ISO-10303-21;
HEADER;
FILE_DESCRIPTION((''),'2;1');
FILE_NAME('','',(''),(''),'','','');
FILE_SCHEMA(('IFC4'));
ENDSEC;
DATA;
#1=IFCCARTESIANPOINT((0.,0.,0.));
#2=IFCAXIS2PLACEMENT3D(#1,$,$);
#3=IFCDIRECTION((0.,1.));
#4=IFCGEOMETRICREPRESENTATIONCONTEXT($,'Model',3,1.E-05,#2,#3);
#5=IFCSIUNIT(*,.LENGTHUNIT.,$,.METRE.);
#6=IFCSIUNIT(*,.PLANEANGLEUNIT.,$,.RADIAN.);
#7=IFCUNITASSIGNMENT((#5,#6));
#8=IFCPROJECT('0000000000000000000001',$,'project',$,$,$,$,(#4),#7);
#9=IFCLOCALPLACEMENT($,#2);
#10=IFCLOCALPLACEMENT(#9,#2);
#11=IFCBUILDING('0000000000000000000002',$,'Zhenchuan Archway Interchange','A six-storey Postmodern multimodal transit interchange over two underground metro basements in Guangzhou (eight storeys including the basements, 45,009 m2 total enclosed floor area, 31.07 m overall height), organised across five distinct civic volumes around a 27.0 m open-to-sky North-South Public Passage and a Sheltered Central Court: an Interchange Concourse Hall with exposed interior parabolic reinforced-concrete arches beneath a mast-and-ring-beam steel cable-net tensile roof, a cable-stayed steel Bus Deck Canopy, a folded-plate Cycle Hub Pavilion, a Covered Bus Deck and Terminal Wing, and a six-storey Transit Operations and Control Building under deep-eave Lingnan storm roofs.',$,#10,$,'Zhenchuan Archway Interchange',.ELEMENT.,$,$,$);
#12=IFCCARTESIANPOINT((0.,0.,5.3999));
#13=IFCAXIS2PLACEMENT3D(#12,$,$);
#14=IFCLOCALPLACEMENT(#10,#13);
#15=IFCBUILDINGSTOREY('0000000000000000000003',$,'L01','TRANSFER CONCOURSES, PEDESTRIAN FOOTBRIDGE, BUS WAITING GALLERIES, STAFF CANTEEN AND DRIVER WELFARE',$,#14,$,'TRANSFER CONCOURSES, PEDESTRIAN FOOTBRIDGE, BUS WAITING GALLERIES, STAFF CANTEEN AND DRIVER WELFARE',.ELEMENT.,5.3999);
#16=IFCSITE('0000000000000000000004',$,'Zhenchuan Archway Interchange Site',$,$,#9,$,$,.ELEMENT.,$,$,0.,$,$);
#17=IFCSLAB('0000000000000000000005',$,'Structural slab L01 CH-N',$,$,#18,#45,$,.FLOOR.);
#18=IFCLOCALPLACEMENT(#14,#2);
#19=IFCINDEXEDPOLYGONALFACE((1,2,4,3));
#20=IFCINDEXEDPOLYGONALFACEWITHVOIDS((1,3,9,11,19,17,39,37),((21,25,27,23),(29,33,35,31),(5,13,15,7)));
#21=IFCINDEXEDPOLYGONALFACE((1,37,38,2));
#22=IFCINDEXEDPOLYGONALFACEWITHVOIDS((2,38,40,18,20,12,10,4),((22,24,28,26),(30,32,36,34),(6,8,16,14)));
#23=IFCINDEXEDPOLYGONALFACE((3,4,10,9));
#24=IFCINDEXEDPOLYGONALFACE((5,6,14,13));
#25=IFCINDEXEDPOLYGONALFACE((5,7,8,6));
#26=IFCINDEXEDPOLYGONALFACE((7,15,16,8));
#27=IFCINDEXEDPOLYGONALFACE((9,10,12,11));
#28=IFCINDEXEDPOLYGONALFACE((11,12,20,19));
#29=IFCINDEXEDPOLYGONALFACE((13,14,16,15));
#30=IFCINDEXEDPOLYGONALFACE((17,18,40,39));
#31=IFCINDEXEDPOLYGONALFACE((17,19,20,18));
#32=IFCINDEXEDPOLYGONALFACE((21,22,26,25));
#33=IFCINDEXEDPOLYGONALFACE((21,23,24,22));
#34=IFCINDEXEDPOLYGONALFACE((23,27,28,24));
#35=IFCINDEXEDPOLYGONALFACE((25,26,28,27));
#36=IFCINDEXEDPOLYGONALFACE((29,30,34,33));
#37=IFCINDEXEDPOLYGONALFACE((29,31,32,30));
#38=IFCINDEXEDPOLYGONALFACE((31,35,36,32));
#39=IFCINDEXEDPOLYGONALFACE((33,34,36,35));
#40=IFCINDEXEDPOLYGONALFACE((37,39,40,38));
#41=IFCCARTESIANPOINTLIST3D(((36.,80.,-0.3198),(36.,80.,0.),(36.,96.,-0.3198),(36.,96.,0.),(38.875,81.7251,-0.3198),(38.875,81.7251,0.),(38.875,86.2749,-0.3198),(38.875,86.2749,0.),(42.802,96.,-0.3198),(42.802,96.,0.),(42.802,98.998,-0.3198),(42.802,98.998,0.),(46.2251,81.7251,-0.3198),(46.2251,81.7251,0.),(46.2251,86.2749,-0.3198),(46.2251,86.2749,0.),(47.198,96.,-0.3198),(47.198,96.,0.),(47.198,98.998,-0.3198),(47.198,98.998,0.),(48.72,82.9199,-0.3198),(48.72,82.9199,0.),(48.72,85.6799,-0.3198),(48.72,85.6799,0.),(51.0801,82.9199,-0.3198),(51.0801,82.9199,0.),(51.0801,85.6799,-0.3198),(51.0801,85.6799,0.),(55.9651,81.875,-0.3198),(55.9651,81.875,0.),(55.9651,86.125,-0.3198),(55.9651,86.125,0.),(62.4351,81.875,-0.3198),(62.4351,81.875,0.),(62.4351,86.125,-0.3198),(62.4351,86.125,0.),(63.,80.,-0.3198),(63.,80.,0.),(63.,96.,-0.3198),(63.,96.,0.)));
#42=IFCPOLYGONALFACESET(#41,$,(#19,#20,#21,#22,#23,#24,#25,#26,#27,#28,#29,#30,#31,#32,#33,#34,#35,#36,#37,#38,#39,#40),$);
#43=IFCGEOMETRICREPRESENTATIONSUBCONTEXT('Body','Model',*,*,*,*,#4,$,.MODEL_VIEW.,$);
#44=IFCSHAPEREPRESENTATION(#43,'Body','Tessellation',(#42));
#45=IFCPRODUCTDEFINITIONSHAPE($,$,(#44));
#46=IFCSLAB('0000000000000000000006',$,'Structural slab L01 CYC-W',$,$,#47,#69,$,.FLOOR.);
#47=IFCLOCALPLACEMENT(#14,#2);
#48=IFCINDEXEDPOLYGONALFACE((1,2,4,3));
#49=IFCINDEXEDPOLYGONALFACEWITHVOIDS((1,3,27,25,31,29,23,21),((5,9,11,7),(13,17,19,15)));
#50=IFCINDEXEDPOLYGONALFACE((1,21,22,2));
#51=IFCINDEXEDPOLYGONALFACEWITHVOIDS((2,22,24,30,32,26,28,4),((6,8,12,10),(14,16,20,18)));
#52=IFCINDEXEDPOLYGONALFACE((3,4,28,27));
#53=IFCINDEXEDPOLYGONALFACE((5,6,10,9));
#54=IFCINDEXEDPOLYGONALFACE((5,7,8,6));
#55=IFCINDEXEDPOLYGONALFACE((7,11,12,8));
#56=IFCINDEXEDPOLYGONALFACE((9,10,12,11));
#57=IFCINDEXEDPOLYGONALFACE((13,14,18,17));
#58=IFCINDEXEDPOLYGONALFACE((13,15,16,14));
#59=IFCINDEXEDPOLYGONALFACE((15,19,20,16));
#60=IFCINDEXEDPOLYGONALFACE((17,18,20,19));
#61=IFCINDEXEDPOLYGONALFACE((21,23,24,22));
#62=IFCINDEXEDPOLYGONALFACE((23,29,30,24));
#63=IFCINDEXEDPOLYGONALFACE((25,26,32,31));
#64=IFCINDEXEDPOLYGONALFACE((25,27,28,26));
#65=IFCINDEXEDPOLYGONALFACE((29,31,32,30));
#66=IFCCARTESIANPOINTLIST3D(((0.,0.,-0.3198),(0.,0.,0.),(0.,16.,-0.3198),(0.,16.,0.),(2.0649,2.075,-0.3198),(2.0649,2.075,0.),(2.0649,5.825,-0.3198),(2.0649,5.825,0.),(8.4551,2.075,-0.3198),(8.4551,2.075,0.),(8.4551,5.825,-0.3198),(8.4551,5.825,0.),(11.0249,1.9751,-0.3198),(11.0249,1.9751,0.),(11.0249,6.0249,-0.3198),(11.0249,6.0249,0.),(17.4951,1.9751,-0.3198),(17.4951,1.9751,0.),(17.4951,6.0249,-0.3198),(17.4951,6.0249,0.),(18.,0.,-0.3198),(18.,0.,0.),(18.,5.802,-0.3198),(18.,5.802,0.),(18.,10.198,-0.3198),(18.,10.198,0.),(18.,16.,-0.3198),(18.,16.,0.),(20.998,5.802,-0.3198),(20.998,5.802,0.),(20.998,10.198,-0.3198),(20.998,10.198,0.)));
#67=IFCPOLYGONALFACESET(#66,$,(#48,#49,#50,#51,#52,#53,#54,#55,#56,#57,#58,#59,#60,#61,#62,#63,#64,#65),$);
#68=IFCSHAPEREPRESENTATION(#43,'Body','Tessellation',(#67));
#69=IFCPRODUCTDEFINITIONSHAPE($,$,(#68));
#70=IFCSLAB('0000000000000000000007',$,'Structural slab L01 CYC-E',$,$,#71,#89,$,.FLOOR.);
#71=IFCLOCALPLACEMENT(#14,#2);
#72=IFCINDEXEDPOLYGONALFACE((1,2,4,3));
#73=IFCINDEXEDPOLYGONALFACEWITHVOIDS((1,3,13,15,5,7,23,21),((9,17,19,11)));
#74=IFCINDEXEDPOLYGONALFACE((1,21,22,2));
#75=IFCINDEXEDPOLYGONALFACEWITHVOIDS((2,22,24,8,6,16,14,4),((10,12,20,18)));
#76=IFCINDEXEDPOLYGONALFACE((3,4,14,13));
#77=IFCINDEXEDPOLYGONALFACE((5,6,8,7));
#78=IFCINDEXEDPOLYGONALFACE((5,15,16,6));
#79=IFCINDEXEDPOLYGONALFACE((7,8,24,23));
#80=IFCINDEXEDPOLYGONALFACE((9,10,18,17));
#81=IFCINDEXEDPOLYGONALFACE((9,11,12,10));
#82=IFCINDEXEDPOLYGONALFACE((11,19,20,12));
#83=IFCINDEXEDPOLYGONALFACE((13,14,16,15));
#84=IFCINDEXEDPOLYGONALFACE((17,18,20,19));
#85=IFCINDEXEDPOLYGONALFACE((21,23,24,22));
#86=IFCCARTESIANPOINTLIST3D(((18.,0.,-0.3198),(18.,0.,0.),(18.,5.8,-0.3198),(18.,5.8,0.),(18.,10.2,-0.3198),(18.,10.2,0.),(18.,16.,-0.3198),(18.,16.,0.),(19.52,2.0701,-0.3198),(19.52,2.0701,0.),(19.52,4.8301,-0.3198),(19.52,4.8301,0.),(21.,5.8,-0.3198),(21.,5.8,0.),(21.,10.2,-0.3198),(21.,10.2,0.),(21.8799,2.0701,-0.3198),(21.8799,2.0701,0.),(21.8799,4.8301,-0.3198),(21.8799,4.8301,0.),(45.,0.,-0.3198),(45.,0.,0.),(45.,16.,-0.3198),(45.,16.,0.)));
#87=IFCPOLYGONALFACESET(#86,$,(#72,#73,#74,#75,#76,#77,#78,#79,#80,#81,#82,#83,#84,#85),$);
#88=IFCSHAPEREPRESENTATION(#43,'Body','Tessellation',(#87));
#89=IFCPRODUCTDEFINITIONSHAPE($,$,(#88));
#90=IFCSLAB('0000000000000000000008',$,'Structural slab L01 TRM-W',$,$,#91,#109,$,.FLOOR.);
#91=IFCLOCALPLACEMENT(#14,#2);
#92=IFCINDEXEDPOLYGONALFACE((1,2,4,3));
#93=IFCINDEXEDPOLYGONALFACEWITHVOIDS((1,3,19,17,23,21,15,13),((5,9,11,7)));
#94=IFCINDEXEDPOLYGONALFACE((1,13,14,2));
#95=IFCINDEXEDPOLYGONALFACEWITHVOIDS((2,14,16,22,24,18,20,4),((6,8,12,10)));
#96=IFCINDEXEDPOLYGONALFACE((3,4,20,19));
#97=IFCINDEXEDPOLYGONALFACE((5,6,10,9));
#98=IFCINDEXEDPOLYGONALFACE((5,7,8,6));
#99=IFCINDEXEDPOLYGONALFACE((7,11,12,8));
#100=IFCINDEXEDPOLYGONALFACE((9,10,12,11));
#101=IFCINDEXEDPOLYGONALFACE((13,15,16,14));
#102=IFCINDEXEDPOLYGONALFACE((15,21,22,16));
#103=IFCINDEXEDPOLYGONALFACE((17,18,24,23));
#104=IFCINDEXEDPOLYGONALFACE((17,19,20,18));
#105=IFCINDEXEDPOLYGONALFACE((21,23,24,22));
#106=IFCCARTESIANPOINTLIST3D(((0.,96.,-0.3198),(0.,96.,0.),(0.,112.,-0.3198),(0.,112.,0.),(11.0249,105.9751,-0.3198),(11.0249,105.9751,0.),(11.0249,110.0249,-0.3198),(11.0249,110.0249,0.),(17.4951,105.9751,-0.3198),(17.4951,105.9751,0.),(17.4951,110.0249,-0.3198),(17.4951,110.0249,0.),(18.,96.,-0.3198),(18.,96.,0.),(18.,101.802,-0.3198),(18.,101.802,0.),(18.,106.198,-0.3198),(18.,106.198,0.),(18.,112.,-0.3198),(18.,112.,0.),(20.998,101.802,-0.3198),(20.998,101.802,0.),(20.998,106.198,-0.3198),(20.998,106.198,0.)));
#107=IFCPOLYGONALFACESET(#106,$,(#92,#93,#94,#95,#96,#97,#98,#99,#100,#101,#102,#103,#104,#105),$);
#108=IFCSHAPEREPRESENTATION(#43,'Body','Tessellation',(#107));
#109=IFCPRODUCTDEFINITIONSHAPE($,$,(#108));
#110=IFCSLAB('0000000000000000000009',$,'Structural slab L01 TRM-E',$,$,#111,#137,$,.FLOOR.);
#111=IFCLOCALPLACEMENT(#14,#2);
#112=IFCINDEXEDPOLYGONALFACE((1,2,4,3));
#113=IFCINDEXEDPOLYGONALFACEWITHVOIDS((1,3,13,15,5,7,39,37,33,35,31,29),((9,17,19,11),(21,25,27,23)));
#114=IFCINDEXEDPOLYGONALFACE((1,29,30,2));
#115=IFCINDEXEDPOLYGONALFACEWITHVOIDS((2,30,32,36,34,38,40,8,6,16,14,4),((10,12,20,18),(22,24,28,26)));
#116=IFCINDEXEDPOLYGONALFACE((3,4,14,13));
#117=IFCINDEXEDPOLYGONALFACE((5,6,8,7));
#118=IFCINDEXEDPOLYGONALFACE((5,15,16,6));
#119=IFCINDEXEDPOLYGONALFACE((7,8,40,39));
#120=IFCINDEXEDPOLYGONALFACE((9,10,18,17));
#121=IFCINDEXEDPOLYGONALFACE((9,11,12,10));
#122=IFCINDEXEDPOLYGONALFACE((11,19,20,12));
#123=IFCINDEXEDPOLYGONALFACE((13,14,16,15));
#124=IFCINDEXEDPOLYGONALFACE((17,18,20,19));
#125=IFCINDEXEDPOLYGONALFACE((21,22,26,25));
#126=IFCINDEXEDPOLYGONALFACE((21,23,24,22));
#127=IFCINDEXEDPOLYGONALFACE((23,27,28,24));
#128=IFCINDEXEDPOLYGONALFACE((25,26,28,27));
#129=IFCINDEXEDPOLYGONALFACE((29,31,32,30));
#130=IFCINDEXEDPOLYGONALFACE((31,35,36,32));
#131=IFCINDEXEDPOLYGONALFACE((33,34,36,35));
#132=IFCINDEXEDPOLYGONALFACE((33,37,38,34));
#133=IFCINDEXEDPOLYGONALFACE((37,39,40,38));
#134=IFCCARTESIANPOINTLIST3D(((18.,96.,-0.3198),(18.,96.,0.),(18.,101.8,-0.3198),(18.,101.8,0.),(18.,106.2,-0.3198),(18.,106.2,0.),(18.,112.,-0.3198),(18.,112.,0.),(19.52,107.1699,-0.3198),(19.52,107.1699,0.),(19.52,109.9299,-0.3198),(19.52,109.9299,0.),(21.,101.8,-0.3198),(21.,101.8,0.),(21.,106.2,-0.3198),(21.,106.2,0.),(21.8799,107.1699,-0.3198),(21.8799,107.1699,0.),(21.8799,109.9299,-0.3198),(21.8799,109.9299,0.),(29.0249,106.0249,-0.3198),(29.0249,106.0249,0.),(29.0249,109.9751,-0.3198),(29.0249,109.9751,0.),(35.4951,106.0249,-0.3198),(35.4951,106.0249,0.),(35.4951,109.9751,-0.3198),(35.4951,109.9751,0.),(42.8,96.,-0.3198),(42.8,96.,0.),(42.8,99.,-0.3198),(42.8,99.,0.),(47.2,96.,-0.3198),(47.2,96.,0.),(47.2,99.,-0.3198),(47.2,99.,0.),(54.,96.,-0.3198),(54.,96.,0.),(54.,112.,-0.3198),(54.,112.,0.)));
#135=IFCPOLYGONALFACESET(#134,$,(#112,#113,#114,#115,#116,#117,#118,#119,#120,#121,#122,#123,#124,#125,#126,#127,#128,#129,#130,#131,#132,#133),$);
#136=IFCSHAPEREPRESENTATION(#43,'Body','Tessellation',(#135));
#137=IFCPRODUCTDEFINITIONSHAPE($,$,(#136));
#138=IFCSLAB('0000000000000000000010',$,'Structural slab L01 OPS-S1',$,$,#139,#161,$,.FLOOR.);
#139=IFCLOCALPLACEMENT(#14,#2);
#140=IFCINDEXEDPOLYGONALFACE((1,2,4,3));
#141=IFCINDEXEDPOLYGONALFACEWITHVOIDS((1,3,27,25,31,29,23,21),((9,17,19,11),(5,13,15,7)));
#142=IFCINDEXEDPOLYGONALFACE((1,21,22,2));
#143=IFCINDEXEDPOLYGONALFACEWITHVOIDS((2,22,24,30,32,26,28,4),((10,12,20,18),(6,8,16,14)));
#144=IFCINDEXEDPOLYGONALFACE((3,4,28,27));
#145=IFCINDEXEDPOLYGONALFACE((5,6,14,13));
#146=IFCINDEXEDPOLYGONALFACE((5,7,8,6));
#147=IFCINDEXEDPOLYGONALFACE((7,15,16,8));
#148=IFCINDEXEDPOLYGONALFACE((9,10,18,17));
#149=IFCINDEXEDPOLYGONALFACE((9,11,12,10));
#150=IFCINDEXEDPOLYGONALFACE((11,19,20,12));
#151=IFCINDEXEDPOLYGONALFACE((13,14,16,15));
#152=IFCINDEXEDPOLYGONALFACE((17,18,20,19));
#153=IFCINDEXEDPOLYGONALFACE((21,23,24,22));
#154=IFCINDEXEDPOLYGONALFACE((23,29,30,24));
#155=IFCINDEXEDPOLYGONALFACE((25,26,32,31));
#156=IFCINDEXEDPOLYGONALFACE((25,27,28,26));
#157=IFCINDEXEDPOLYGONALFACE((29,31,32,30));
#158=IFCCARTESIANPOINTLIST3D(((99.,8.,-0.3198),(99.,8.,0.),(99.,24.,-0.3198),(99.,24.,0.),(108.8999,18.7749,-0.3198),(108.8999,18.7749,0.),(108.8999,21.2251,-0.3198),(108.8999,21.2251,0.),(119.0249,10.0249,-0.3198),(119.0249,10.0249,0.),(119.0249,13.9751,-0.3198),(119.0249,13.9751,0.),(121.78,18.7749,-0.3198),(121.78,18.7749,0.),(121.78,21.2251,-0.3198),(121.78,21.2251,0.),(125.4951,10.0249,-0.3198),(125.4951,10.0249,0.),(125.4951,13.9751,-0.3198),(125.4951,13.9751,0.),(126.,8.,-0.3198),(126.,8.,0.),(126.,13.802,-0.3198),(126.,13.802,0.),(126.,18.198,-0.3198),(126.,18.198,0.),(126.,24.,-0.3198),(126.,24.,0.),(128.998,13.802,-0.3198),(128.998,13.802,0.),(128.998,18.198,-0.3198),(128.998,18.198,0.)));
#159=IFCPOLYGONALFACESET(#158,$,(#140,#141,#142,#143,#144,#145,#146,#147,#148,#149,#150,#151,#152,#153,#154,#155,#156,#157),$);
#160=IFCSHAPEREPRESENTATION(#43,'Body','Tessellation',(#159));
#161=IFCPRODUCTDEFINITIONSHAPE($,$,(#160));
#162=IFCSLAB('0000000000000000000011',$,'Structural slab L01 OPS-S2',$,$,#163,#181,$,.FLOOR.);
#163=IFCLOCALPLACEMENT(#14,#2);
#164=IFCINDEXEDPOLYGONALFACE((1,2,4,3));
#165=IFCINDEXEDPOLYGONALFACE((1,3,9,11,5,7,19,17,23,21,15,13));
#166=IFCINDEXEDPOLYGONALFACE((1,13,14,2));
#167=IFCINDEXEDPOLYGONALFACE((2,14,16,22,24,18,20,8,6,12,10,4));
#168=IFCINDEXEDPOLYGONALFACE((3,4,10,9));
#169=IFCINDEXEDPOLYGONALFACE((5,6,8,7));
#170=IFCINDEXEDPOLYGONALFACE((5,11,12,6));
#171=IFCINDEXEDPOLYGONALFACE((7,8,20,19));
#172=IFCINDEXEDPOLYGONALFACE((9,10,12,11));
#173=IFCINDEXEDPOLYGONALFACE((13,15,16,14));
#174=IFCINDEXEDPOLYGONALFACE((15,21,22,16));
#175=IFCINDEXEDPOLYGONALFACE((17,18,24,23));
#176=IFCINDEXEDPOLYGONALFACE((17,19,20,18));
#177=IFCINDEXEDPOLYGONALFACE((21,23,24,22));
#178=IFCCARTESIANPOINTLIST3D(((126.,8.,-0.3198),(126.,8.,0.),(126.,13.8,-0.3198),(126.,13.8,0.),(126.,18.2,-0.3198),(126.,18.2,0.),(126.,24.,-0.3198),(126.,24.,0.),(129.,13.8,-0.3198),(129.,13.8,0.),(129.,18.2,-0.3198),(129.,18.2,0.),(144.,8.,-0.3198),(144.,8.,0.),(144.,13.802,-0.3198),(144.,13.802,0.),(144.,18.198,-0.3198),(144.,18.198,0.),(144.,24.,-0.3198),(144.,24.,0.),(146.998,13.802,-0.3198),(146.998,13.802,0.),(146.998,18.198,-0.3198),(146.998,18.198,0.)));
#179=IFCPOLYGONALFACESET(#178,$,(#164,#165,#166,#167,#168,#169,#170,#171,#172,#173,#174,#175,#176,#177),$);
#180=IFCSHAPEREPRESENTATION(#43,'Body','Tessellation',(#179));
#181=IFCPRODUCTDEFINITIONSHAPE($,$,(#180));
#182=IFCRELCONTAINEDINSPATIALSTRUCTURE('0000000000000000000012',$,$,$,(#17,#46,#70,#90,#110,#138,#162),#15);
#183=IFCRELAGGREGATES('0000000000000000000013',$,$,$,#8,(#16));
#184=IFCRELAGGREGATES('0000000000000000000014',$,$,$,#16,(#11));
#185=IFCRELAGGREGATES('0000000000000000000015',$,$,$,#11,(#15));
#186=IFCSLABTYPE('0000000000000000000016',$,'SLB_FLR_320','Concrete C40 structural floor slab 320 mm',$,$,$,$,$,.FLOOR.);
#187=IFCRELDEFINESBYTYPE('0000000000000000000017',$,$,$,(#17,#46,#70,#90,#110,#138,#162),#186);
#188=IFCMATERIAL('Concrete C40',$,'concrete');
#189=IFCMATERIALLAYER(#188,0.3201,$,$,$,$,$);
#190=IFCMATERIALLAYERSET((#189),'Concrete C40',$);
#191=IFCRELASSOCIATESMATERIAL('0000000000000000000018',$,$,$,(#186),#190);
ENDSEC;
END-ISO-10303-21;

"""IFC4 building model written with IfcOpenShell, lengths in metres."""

from ifc_helpers import new_model, si_unit, direction, frame, origin, place, context, subcontext, project, spatial, polyline, outline, extrude, material, layer, layer_set, type_object, element, save


model = new_model("IFC4")

# Units and contexts
model_context = context("Model", 3, precision=1e-05, world=origin(), true_north=direction((0.0, 1.0)))
body_context = subcontext(model_context, "Body", "Model", "MODEL_VIEW")
ifc_project = project(units=[si_unit("LENGTHUNIT", "METRE"), si_unit("PLANEANGLEUNIT", "RADIAN")], contexts=[model_context])

# Site, building, storey
site_placement = place(None, origin())
site = spatial("IfcSite", under=ifc_project, at=site_placement, Name="Zhenchuan Archway Interchange Site", CompositionType="ELEMENT", RefElevation=0.0)
building_placement = place(site_placement, origin())
building = spatial("IfcBuilding", under=site, at=building_placement, Name="Zhenchuan Archway Interchange", Description="A six-storey Postmodern multimodal transit interchange over two underground metro basements in Guangzhou (eight storeys including the basements, 45,009 m2 total enclosed floor area, 31.07 m overall height), organised across five distinct civic volumes around a 27.0 m open-to-sky North-South Public Passage and a Sheltered Central Court: an Interchange Concourse Hall with exposed interior parabolic reinforced-concrete arches beneath a mast-and-ring-beam steel cable-net tensile roof, a cable-stayed steel Bus Deck Canopy, a folded-plate Cycle Hub Pavilion, a Covered Bus Deck and Terminal Wing, and a six-storey Transit Operations and Control Building under deep-eave Lingnan storm roofs.", LongName="Zhenchuan Archway Interchange", CompositionType="ELEMENT")
storey_placement = place(building_placement, frame((0.0, 0.0, 5.3999)))
storey = spatial("IfcBuildingStorey", under=building, at=storey_placement, Name="L01", Description="TRANSFER CONCOURSES, PEDESTRIAN FOOTBRIDGE, BUS WAITING GALLERIES, STAFF CANTEEN AND DRIVER WELFARE", LongName="TRANSFER CONCOURSES, PEDESTRIAN FOOTBRIDGE, BUS WAITING GALLERIES, STAFF CANTEEN AND DRIVER WELFARE", CompositionType="ELEMENT", Elevation=5.3999)

# Shared definitions
ifc_material_1 = material(Name="Concrete C40", Category="concrete")

# Slabs
ifc_layer_1 = layer(ifc_material_1, 0.3201)
ifc_layer_set_1 = layer_set([ifc_layer_1], Name="Concrete C40")
slab_type_1 = type_object("IfcSlabType", Name="SLB_FLR_320", Description="Concrete C40 structural floor slab 320 mm", PredefinedType="FLOOR", material=ifc_layer_set_1)
slab_1_placement = place(storey_placement, frame((0.0, 0.0, -0.3198)))
element("IfcSlab", 1, at=slab_1_placement, inside=storey, type_object=slab_type_1, Name="Structural slab L01 CH-N", PredefinedType="FLOOR", context=body_context, shape_type="SweptSolid", body=[
    extrude(outline(polyline([(42.802, 96.0), (42.802, 98.998), (47.198, 98.998), (47.198, 96.0), (63.0, 96.0), (63.0, 80.0), (36.0, 80.0), (36.0, 96.0), (42.802, 96.0)]), holes=[polyline([(38.875, 81.7251), (46.2251, 81.7251), (46.2251, 86.2749), (38.875, 86.2749), (38.875, 81.7251)]), polyline([(55.9651, 86.125), (55.9651, 81.875), (62.4351, 81.875), (62.4351, 86.125), (55.9651, 86.125)]), polyline([(51.0801, 85.6799), (48.72, 85.6799), (48.72, 82.9199), (51.0801, 82.9199), (51.0801, 85.6799)])]), origin(), (0.0, 0.0, 1.0), 0.3198),
])
slab_2_placement = place(storey_placement, frame((0.0, 0.0, -0.3198)))
element("IfcSlab", 2, at=slab_2_placement, inside=storey, type_object=slab_type_1, Name="Structural slab L01 CYC-W", PredefinedType="FLOOR", context=body_context, shape_type="SweptSolid", body=[
    extrude(outline(polyline([(0.0, 16.0), (18.0, 16.0), (18.0, 10.198), (20.998, 10.198), (20.998, 5.802), (18.0, 5.802), (18.0, 0.0), (0.0, 0.0), (0.0, 16.0)]), holes=[polyline([(17.4951, 6.0249), (11.0249, 6.0249), (11.0249, 1.9751), (17.4951, 1.9751), (17.4951, 6.0249)]), polyline([(8.4551, 2.075), (8.4551, 5.825), (2.0649, 5.825), (2.0649, 2.075), (8.4551, 2.075)])]), origin(), (0.0, 0.0, 1.0), 0.3198),
])
slab_3_placement = place(storey_placement, frame((0.0, 0.0, -0.3198)))
element("IfcSlab", 3, at=slab_3_placement, inside=storey, type_object=slab_type_1, Name="Structural slab L01 CYC-E", PredefinedType="FLOOR", context=body_context, shape_type="SweptSolid", body=[
    extrude(outline(polyline([(45.0, 16.0), (45.0, 0.0), (18.0, 0.0), (18.0, 5.8), (21.0, 5.8), (21.0, 10.2), (18.0, 10.2), (18.0, 16.0), (45.0, 16.0)]), holes=[polyline([(21.8799, 2.0701), (21.8799, 4.8301), (19.52, 4.8301), (19.52, 2.0701), (21.8799, 2.0701)])]), origin(), (0.0, 0.0, 1.0), 0.3198),
])
slab_4_placement = place(storey_placement, frame((0.0, 0.0, -0.3198)))
element("IfcSlab", 4, at=slab_4_placement, inside=storey, type_object=slab_type_1, Name="Structural slab L01 TRM-W", PredefinedType="FLOOR", context=body_context, shape_type="SweptSolid", body=[
    extrude(outline(polyline([(0.0, 96.0), (0.0, 112.0), (18.0, 112.0), (18.0, 106.198), (20.998, 106.198), (20.998, 101.802), (18.0, 101.802), (18.0, 96.0), (0.0, 96.0)]), holes=[polyline([(17.4951, 105.9751), (17.4951, 110.0249), (11.0249, 110.0249), (11.0249, 105.9751), (17.4951, 105.9751)])]), origin(), (0.0, 0.0, 1.0), 0.3198),
])
slab_5_placement = place(storey_placement, frame((0.0, 0.0, -0.3198)))
element("IfcSlab", 5, at=slab_5_placement, inside=storey, type_object=slab_type_1, Name="Structural slab L01 TRM-E", PredefinedType="FLOOR", context=body_context, shape_type="SweptSolid", body=[
    extrude(outline(polyline([(21.0, 106.2), (18.0, 106.2), (18.0, 112.0), (54.0, 112.0), (54.0, 96.0), (47.2, 96.0), (47.2, 99.0), (42.8, 99.0), (42.8, 96.0), (18.0, 96.0), (18.0, 101.8), (21.0, 101.8), (21.0, 106.2)]), holes=[polyline([(35.4951, 109.9751), (29.0249, 109.9751), (29.0249, 106.0249), (35.4951, 106.0249), (35.4951, 109.9751)]), polyline([(21.8799, 107.1699), (21.8799, 109.9299), (19.52, 109.9299), (19.52, 107.1699), (21.8799, 107.1699)])]), origin(), (0.0, 0.0, 1.0), 0.3198),
])
slab_6_placement = place(storey_placement, frame((0.0, 0.0, -0.3198)))
element("IfcSlab", 6, at=slab_6_placement, inside=storey, type_object=slab_type_1, Name="Structural slab L01 OPS-S1", PredefinedType="FLOOR", context=body_context, shape_type="SweptSolid", body=[
    extrude(outline(polyline([(99.0, 24.0), (126.0, 24.0), (126.0, 18.198), (128.998, 18.198), (128.998, 13.802), (126.0, 13.802), (126.0, 8.0), (99.0, 8.0), (99.0, 24.0)]), holes=[polyline([(125.4951, 13.9751), (119.0249, 13.9751), (119.0249, 10.0249), (125.4951, 10.0249), (125.4951, 13.9751)]), polyline([(121.78, 18.7749), (121.78, 21.2251), (108.8999, 21.2251), (108.8999, 18.7749), (121.78, 18.7749)])]), origin(), (0.0, 0.0, 1.0), 0.3198),
])
slab_7_placement = place(storey_placement, frame((0.0, 0.0, -0.3198)))
element("IfcSlab", 7, at=slab_7_placement, inside=storey, type_object=slab_type_1, Name="Structural slab L01 OPS-S2", PredefinedType="FLOOR", context=body_context, shape_type="SweptSolid", body=[
    extrude(outline(polyline([(144.0, 24.0), (144.0, 18.198), (146.998, 18.198), (146.998, 13.802), (144.0, 13.802), (144.0, 8.0), (126.0, 8.0), (126.0, 13.8), (129.0, 13.8), (129.0, 18.2), (126.0, 18.2), (126.0, 24.0), (144.0, 24.0)])), origin(), (0.0, 0.0, 1.0), 0.3198),
])

save(model, "model.ifc")
